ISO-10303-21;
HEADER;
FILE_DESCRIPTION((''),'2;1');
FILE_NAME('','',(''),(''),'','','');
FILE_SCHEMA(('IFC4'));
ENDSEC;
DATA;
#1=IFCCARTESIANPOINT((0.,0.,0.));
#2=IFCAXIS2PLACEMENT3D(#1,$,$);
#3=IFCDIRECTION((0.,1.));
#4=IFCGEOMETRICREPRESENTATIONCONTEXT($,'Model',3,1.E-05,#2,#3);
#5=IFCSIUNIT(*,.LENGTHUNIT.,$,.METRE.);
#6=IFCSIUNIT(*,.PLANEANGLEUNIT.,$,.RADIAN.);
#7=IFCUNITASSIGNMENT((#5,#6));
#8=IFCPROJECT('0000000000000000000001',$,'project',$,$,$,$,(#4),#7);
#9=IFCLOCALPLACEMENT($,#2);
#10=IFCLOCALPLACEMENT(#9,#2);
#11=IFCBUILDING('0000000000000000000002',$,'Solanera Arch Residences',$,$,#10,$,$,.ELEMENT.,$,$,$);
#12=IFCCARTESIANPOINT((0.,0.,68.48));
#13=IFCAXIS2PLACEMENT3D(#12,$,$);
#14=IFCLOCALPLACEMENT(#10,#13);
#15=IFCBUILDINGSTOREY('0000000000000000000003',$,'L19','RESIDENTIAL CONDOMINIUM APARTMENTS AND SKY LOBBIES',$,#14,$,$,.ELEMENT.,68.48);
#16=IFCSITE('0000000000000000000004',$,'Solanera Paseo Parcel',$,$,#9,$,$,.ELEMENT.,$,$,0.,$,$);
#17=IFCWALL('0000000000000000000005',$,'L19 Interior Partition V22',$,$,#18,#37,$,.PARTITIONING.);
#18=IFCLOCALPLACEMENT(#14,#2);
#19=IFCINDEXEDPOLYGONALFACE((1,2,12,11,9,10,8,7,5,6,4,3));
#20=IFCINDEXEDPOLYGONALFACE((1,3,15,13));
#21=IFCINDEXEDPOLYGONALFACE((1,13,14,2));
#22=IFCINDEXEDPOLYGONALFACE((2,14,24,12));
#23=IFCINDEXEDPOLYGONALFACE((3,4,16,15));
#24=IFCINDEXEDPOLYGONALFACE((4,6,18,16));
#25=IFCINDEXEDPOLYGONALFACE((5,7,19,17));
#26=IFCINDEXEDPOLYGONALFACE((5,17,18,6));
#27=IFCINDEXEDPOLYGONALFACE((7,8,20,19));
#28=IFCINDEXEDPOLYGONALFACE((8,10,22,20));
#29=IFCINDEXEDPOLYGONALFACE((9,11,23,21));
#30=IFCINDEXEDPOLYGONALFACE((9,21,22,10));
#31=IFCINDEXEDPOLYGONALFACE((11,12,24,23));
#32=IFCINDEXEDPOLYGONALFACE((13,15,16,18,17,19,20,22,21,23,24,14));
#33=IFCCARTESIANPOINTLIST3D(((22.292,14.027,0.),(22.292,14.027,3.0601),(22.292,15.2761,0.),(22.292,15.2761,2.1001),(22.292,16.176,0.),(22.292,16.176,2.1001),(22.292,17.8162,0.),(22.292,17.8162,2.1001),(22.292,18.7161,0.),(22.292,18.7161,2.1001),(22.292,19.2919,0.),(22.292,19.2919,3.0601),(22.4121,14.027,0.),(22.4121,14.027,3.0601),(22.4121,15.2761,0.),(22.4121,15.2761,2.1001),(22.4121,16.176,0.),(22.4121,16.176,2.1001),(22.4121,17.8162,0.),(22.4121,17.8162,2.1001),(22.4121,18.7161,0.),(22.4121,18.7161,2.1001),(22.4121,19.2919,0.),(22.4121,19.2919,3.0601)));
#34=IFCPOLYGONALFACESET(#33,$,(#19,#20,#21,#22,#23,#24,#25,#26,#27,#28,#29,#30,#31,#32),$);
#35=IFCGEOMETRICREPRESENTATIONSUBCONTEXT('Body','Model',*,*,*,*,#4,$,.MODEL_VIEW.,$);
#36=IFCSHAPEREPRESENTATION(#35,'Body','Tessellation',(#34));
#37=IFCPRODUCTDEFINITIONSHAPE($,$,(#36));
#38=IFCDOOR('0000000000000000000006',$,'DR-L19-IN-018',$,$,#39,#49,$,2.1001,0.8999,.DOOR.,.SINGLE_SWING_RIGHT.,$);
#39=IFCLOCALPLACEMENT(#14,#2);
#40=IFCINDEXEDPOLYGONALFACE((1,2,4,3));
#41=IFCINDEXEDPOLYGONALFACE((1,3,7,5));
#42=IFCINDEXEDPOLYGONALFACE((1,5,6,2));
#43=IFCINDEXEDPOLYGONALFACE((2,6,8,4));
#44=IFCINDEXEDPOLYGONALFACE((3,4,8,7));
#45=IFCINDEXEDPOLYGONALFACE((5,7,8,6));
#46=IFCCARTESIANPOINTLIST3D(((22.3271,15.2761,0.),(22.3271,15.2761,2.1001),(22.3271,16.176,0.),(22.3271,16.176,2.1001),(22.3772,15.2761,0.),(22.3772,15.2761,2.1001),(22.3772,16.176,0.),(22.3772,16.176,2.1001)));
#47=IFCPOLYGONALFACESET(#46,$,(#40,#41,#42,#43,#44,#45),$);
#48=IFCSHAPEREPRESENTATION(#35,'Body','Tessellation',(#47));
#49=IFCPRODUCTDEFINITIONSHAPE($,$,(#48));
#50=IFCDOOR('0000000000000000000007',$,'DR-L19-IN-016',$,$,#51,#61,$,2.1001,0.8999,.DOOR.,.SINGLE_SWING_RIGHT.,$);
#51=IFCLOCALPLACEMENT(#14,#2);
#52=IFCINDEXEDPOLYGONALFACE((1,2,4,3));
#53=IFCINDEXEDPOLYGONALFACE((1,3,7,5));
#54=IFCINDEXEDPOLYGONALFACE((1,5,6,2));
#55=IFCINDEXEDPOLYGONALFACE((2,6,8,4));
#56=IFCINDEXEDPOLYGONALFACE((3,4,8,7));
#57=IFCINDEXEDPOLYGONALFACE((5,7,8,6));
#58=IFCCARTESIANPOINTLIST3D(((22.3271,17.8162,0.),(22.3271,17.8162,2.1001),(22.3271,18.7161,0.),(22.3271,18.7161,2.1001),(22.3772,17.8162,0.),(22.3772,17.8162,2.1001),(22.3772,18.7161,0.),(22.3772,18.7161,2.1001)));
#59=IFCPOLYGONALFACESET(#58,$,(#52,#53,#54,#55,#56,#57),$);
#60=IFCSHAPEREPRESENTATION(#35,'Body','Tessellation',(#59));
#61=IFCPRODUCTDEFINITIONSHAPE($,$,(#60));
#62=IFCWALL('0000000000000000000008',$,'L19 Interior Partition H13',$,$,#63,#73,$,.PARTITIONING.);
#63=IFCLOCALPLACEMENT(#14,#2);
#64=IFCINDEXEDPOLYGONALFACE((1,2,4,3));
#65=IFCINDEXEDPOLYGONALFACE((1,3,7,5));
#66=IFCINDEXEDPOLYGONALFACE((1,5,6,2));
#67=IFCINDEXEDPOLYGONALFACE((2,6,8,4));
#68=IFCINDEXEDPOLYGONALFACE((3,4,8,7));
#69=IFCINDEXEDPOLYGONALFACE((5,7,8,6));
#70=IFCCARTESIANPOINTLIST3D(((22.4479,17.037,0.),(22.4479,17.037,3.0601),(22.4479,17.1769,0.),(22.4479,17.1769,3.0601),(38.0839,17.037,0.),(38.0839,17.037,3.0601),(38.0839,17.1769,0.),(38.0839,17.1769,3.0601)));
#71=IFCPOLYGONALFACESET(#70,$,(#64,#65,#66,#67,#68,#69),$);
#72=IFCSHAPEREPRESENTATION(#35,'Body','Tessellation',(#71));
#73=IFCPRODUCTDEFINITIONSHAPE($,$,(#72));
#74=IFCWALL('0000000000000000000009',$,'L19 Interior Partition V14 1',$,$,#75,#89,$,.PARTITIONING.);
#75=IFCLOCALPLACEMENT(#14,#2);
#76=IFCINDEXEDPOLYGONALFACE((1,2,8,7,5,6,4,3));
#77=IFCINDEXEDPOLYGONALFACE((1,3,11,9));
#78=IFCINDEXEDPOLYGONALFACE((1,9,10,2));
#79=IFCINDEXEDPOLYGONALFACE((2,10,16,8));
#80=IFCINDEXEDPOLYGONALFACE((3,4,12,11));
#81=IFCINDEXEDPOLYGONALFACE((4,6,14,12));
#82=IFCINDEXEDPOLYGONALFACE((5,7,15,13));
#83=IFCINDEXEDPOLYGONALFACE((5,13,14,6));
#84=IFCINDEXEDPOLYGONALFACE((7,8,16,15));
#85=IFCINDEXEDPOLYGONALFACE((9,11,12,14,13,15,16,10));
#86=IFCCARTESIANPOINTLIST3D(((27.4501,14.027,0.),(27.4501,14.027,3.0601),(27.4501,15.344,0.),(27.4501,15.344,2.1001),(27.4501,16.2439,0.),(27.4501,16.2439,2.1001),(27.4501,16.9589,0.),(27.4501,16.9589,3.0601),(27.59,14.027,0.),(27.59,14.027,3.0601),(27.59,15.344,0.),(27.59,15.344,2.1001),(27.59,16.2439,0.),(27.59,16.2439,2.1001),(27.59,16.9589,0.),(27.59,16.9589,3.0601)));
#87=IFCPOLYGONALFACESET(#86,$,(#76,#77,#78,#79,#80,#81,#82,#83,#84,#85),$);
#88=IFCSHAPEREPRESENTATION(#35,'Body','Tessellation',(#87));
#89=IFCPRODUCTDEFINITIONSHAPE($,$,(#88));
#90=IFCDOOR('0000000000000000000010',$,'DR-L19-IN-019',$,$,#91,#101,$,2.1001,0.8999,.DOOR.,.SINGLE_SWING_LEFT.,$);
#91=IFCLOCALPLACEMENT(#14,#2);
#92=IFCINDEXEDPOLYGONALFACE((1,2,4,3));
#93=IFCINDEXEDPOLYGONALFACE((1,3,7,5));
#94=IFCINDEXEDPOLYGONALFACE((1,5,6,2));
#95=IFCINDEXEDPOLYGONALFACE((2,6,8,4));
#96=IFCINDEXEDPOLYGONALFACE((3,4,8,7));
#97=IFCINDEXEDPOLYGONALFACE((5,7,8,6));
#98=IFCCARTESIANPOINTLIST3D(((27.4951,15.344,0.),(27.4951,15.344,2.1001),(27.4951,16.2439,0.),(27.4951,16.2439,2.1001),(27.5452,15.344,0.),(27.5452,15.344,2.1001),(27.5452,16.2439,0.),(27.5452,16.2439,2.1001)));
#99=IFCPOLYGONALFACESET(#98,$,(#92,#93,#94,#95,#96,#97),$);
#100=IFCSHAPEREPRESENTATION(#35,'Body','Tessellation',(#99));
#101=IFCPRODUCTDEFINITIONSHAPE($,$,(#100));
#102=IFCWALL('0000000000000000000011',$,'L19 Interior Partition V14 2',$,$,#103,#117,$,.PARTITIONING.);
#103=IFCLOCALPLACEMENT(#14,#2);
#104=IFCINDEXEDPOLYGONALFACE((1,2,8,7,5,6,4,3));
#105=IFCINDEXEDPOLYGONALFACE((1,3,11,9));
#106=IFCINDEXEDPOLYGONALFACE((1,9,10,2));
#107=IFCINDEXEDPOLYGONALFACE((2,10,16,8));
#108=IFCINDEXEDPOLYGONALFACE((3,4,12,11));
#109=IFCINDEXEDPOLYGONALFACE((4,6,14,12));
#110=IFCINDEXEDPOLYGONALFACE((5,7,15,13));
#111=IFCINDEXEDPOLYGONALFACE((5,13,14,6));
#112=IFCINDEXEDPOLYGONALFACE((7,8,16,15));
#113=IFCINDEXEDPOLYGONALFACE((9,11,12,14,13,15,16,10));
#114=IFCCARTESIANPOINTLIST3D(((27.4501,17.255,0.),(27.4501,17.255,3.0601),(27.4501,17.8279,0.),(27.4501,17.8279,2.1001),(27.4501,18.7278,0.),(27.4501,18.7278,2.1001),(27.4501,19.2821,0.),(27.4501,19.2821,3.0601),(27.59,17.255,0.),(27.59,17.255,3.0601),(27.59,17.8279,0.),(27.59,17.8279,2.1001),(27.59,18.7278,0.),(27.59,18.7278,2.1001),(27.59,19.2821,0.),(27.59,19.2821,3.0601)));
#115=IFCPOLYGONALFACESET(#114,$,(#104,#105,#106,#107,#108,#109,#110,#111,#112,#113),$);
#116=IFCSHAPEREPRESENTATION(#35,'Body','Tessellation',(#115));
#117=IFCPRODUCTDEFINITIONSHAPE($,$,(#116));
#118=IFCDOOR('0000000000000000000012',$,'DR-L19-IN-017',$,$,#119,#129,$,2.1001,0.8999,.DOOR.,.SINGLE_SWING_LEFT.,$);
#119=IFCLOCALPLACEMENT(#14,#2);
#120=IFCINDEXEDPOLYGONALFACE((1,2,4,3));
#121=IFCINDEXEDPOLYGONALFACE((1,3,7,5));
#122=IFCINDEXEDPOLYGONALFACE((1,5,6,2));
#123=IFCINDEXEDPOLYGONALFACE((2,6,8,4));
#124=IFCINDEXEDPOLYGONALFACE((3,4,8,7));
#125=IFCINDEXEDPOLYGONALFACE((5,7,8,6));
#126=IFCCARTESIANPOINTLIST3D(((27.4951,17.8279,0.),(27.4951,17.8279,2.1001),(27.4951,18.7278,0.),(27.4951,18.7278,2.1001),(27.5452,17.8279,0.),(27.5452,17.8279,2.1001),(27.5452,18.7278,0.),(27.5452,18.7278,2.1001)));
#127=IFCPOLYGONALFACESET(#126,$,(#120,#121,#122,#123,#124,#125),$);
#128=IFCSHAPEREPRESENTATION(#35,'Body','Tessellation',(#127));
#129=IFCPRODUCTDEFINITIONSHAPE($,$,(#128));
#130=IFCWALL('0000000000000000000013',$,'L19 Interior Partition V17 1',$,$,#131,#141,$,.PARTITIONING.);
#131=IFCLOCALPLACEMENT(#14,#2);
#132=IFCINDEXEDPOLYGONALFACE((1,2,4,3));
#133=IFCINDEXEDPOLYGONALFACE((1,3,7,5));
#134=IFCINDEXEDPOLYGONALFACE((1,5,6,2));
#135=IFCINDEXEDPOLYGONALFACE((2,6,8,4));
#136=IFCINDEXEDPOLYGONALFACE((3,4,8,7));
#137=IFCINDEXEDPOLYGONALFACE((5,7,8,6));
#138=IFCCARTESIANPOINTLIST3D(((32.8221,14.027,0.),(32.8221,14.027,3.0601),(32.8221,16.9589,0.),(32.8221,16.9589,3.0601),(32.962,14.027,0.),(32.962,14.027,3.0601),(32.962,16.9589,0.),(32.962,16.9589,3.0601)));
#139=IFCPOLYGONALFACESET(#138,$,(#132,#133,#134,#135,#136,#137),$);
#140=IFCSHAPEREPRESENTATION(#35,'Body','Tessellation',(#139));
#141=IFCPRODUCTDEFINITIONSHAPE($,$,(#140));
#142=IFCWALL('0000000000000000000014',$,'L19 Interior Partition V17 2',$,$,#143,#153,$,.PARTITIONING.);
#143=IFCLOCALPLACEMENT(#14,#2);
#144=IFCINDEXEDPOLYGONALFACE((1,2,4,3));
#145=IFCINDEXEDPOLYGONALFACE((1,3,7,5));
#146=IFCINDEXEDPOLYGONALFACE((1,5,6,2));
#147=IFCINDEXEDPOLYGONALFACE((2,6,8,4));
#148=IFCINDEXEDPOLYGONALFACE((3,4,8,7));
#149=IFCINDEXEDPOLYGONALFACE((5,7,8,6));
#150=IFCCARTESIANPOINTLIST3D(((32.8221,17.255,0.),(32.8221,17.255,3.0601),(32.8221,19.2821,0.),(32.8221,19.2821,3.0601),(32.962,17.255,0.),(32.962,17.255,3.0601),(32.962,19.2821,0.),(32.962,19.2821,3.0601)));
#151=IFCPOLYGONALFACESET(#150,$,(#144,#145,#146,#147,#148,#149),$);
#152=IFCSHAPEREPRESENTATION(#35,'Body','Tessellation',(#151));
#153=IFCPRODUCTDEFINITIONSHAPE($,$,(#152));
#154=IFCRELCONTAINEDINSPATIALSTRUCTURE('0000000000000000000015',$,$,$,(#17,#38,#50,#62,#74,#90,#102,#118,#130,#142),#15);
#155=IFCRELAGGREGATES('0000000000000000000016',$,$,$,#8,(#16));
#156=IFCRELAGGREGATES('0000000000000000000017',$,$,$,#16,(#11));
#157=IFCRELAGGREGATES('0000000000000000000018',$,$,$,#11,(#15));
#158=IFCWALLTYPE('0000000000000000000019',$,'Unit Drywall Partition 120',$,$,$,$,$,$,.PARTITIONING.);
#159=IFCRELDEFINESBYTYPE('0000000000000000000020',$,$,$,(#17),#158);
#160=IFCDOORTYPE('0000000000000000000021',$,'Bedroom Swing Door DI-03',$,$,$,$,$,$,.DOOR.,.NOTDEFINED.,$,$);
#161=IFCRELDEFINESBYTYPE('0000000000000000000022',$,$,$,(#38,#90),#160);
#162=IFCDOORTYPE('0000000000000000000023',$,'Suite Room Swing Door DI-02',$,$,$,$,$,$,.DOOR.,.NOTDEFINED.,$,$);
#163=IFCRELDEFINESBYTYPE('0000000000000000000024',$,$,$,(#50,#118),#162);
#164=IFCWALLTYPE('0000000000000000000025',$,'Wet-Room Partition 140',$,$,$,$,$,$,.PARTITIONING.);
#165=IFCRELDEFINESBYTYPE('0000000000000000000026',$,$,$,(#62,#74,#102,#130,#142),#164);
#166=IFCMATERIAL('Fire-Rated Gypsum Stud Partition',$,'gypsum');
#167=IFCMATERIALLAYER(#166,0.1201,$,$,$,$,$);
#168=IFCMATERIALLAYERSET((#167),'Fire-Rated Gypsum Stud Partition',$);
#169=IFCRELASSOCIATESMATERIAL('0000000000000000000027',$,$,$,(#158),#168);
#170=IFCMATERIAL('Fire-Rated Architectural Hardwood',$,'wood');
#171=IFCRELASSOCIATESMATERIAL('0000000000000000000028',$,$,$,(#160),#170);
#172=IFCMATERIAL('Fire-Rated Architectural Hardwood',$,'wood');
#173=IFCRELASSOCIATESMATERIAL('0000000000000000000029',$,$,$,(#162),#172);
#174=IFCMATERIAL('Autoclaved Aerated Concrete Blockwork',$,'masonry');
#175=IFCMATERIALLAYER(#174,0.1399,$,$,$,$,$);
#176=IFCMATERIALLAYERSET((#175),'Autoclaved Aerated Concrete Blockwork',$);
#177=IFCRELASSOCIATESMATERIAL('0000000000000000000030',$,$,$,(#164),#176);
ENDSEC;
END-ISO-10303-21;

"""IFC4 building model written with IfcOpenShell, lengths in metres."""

from ifc_helpers import new_model, si_unit, direction, frame, frame_2d, origin, place, context, subcontext, project, spatial, rectangle, extrude, material, layer, layer_set, type_object, element, fill, save


model = new_model("IFC4")

# Units and contexts
model_context = context("Model", 3, precision=1e-05, world=origin(), true_north=direction((0.0, 1.0)))
body_context = subcontext(model_context, "Body", "Model", "MODEL_VIEW")
ifc_project = project(units=[si_unit("LENGTHUNIT", "METRE"), si_unit("PLANEANGLEUNIT", "RADIAN")], contexts=[model_context])

# Site, building, storey
site_placement = place(None, origin())
site = spatial("IfcSite", under=ifc_project, at=site_placement, Name="Solanera Paseo Parcel", CompositionType="ELEMENT", RefElevation=0.0)
building_placement = place(site_placement, origin())
building = spatial("IfcBuilding", under=site, at=building_placement, Name="Solanera Arch Residences", CompositionType="ELEMENT")
storey_placement = place(building_placement, frame((0.0, 0.0, 68.48)))
storey = spatial("IfcBuildingStorey", under=building, at=storey_placement, Name="L19", Description="RESIDENTIAL CONDOMINIUM APARTMENTS AND SKY LOBBIES", CompositionType="ELEMENT", Elevation=68.48)

# Wall, openings, doors
ifc_material_1 = material(Name="Fire-Rated Gypsum Stud Partition", Category="gypsum")
ifc_layer_1 = layer(ifc_material_1, 0.1201)
ifc_layer_set_1 = layer_set([ifc_layer_1], Name="Fire-Rated Gypsum Stud Partition")
wall_type_1 = type_object("IfcWallType", Name="Unit Drywall Partition 120", PredefinedType="PARTITIONING", material=ifc_layer_set_1)
wall_1_placement = place(storey_placement, frame((22.3521, 14.0271, 0.0), z_axis=(0.0, 0.0, 1.0), x_axis=(0.0, 1.0, 0.0)))
wall_1 = element("IfcWall", 1, at=wall_1_placement, inside=storey, type_object=wall_type_1, Name="L19 Interior Partition V22", PredefinedType="PARTITIONING", context=body_context, shape_type="SweptSolid", body=[
    extrude(rectangle(XDim=5.2649, YDim=0.1201, at=frame_2d((2.6323, 0.0))), origin(), (0.0, 0.0, 1.0), 3.0601),
])
opening_1_placement = place(wall_1_placement, frame((3.7891, 0.0, 0.0)))
opening_1 = element("IfcOpeningElement", 2, at=opening_1_placement, cuts=wall_1, PredefinedType="OPENING", context=body_context, shape_type="SweptSolid", body=[
    extrude(rectangle(XDim=0.8999, YDim=2.1001, at=frame_2d((0.45, 1.05))), frame((0.0, 0.0701, 0.0), z_axis=(0.0, -1.0, 0.0), x_axis=(1.0, 0.0, 0.0)), (0.0, 0.0, 1.0), 0.1401),
])
opening_2_placement = place(wall_1_placement, frame((1.249, 0.0, 0.0)))
opening_2 = element("IfcOpeningElement", 3, at=opening_2_placement, cuts=wall_1, PredefinedType="OPENING", context=body_context, shape_type="SweptSolid", body=[
    extrude(rectangle(XDim=0.8999, YDim=2.1001, at=frame_2d((0.45, 1.05))), frame((0.0, 0.0701, 0.0), z_axis=(0.0, -1.0, 0.0), x_axis=(1.0, 0.0, 0.0)), (0.0, 0.0, 1.0), 0.1401),
])
ifc_material_2 = material(Name="Fire-Rated Architectural Hardwood", Category="wood")
door_type_1 = type_object("IfcDoorType", Name="Bedroom Swing Door DI-03", OperationType="NOTDEFINED", PredefinedType="DOOR", material=ifc_material_2)
door_1_placement = place(opening_2_placement, origin())
door_1 = element("IfcDoor", 4, at=door_1_placement, inside=storey, type_object=door_type_1, Name="DR-L19-IN-018", OperationType="SINGLE_SWING_RIGHT", OverallHeight=2.1001, OverallWidth=0.8999, PredefinedType="DOOR", context=body_context, shape_type="SweptSolid", body=[
    extrude(rectangle(XDim=0.8999, YDim=2.1001, at=frame_2d((0.45, 1.05))), frame((0.0, 0.0249, 0.0), z_axis=(0.0, -1.0, 0.0), x_axis=(1.0, 0.0, 0.0)), (0.0, 0.0, 1.0), 0.05),
])
fill(opening_2, door_1)
ifc_material_3 = material(Name="Fire-Rated Architectural Hardwood", Category="wood")
door_type_2 = type_object("IfcDoorType", Name="Suite Room Swing Door DI-02", OperationType="NOTDEFINED", PredefinedType="DOOR", material=ifc_material_3)
door_2_placement = place(opening_1_placement, origin())
door_2 = element("IfcDoor", 5, at=door_2_placement, inside=storey, type_object=door_type_2, Name="DR-L19-IN-016", OperationType="SINGLE_SWING_RIGHT", OverallHeight=2.1001, OverallWidth=0.8999, PredefinedType="DOOR", context=body_context, shape_type="SweptSolid", body=[
    extrude(rectangle(XDim=0.8999, YDim=2.1001, at=frame_2d((0.45, 1.05))), frame((0.0, 0.0249, 0.0), z_axis=(0.0, -1.0, 0.0), x_axis=(1.0, 0.0, 0.0)), (0.0, 0.0, 1.0), 0.05),
])
fill(opening_1, door_2)

# Wall
ifc_material_4 = material(Name="Autoclaved Aerated Concrete Blockwork", Category="masonry")
ifc_layer_2 = layer(ifc_material_4, 0.1399)
ifc_layer_set_2 = layer_set([ifc_layer_2], Name="Autoclaved Aerated Concrete Blockwork")
wall_type_2 = type_object("IfcWallType", Name="Wet-Room Partition 140", PredefinedType="PARTITIONING", material=ifc_layer_set_2)
wall_2_placement = place(storey_placement, frame((22.448, 17.1069, 0.0), z_axis=(0.0, 0.0, 1.0), x_axis=(1.0, 0.0, 0.0)))
element("IfcWall", 6, at=wall_2_placement, inside=storey, type_object=wall_type_2, Name="L19 Interior Partition H13", PredefinedType="PARTITIONING", context=body_context, shape_type="SweptSolid", body=[
    extrude(rectangle(XDim=15.636, YDim=0.1399, at=frame_2d((7.8179, 0.0))), origin(), (0.0, 0.0, 1.0), 3.0601),
])

# Walls, openings, doors
wall_3_placement = place(storey_placement, frame((27.52, 14.0271, 0.0), z_axis=(0.0, 0.0, 1.0), x_axis=(0.0, 1.0, 0.0)))
wall_3 = element("IfcWall", 7, at=wall_3_placement, inside=storey, type_object=wall_type_2, Name="L19 Interior Partition V14 1", PredefinedType="PARTITIONING", context=body_context, shape_type="SweptSolid", body=[
    extrude(rectangle(XDim=2.9319, YDim=0.1399, at=frame_2d((1.4658, 0.0))), origin(), (0.0, 0.0, 1.0), 3.0601),
])
opening_3_placement = place(wall_3_placement, frame((1.3169, 0.0, 0.0)))
opening_3 = element("IfcOpeningElement", 8, at=opening_3_placement, cuts=wall_3, PredefinedType="OPENING", context=body_context, shape_type="SweptSolid", body=[
    extrude(rectangle(XDim=0.8999, YDim=2.1001, at=frame_2d((0.45, 1.05))), frame((0.0, 0.0798, 0.0), z_axis=(0.0, -1.0, 0.0), x_axis=(1.0, 0.0, 0.0)), (0.0, 0.0, 1.0), 0.1599),
])
door_3_placement = place(opening_3_placement, origin())
door_3 = element("IfcDoor", 9, at=door_3_placement, inside=storey, type_object=door_type_1, Name="DR-L19-IN-019", OperationType="SINGLE_SWING_LEFT", OverallHeight=2.1001, OverallWidth=0.8999, PredefinedType="DOOR", context=body_context, shape_type="SweptSolid", body=[
    extrude(rectangle(XDim=0.8999, YDim=2.1001, at=frame_2d((0.45, 1.05))), frame((0.0, 0.0249, 0.0), z_axis=(0.0, -1.0, 0.0), x_axis=(1.0, 0.0, 0.0)), (0.0, 0.0, 1.0), 0.05),
])
fill(opening_3, door_3)
wall_4_placement = place(storey_placement, frame((27.52, 17.2549, 0.0), z_axis=(0.0, 0.0, 1.0), x_axis=(0.0, 1.0, 0.0)))
wall_4 = element("IfcWall", 10, at=wall_4_placement, inside=storey, type_object=wall_type_2, Name="L19 Interior Partition V14 2", PredefinedType="PARTITIONING", context=body_context, shape_type="SweptSolid", body=[
    extrude(rectangle(XDim=2.0271, YDim=0.1399, at=frame_2d((1.0137, 0.0))), origin(), (0.0, 0.0, 1.0), 3.0601),
])
opening_4_placement = place(wall_4_placement, frame((0.573, 0.0, 0.0)))
opening_4 = element("IfcOpeningElement", 11, at=opening_4_placement, cuts=wall_4, PredefinedType="OPENING", context=body_context, shape_type="SweptSolid", body=[
    extrude(rectangle(XDim=0.8999, YDim=2.1001, at=frame_2d((0.45, 1.05))), frame((0.0, 0.0798, 0.0), z_axis=(0.0, -1.0, 0.0), x_axis=(1.0, 0.0, 0.0)), (0.0, 0.0, 1.0), 0.1599),
])
door_4_placement = place(opening_4_placement, origin())
door_4 = element("IfcDoor", 12, at=door_4_placement, inside=storey, type_object=door_type_2, Name="DR-L19-IN-017", OperationType="SINGLE_SWING_LEFT", OverallHeight=2.1001, OverallWidth=0.8999, PredefinedType="DOOR", context=body_context, shape_type="SweptSolid", body=[
    extrude(rectangle(XDim=0.8999, YDim=2.1001, at=frame_2d((0.45, 1.05))), frame((0.0, 0.0249, 0.0), z_axis=(0.0, -1.0, 0.0), x_axis=(1.0, 0.0, 0.0)), (0.0, 0.0, 1.0), 0.05),
])
fill(opening_4, door_4)

# Walls
wall_5_placement = place(storey_placement, frame((32.8921, 14.0271, 0.0), z_axis=(0.0, 0.0, 1.0), x_axis=(0.0, 1.0, 0.0)))
element("IfcWall", 13, at=wall_5_placement, inside=storey, type_object=wall_type_2, Name="L19 Interior Partition V17 1", PredefinedType="PARTITIONING", context=body_context, shape_type="SweptSolid", body=[
    extrude(rectangle(XDim=2.9319, YDim=0.1399, at=frame_2d((1.4658, 0.0))), origin(), (0.0, 0.0, 1.0), 3.0601),
])
wall_6_placement = place(storey_placement, frame((32.8921, 17.2549, 0.0), z_axis=(0.0, 0.0, 1.0), x_axis=(0.0, 1.0, 0.0)))
element("IfcWall", 14, at=wall_6_placement, inside=storey, type_object=wall_type_2, Name="L19 Interior Partition V17 2", PredefinedType="PARTITIONING", context=body_context, shape_type="SweptSolid", body=[
    extrude(rectangle(XDim=2.0271, YDim=0.1399, at=frame_2d((1.0137, 0.0))), origin(), (0.0, 0.0, 1.0), 3.0601),
])

save(model, "model.ifc")
